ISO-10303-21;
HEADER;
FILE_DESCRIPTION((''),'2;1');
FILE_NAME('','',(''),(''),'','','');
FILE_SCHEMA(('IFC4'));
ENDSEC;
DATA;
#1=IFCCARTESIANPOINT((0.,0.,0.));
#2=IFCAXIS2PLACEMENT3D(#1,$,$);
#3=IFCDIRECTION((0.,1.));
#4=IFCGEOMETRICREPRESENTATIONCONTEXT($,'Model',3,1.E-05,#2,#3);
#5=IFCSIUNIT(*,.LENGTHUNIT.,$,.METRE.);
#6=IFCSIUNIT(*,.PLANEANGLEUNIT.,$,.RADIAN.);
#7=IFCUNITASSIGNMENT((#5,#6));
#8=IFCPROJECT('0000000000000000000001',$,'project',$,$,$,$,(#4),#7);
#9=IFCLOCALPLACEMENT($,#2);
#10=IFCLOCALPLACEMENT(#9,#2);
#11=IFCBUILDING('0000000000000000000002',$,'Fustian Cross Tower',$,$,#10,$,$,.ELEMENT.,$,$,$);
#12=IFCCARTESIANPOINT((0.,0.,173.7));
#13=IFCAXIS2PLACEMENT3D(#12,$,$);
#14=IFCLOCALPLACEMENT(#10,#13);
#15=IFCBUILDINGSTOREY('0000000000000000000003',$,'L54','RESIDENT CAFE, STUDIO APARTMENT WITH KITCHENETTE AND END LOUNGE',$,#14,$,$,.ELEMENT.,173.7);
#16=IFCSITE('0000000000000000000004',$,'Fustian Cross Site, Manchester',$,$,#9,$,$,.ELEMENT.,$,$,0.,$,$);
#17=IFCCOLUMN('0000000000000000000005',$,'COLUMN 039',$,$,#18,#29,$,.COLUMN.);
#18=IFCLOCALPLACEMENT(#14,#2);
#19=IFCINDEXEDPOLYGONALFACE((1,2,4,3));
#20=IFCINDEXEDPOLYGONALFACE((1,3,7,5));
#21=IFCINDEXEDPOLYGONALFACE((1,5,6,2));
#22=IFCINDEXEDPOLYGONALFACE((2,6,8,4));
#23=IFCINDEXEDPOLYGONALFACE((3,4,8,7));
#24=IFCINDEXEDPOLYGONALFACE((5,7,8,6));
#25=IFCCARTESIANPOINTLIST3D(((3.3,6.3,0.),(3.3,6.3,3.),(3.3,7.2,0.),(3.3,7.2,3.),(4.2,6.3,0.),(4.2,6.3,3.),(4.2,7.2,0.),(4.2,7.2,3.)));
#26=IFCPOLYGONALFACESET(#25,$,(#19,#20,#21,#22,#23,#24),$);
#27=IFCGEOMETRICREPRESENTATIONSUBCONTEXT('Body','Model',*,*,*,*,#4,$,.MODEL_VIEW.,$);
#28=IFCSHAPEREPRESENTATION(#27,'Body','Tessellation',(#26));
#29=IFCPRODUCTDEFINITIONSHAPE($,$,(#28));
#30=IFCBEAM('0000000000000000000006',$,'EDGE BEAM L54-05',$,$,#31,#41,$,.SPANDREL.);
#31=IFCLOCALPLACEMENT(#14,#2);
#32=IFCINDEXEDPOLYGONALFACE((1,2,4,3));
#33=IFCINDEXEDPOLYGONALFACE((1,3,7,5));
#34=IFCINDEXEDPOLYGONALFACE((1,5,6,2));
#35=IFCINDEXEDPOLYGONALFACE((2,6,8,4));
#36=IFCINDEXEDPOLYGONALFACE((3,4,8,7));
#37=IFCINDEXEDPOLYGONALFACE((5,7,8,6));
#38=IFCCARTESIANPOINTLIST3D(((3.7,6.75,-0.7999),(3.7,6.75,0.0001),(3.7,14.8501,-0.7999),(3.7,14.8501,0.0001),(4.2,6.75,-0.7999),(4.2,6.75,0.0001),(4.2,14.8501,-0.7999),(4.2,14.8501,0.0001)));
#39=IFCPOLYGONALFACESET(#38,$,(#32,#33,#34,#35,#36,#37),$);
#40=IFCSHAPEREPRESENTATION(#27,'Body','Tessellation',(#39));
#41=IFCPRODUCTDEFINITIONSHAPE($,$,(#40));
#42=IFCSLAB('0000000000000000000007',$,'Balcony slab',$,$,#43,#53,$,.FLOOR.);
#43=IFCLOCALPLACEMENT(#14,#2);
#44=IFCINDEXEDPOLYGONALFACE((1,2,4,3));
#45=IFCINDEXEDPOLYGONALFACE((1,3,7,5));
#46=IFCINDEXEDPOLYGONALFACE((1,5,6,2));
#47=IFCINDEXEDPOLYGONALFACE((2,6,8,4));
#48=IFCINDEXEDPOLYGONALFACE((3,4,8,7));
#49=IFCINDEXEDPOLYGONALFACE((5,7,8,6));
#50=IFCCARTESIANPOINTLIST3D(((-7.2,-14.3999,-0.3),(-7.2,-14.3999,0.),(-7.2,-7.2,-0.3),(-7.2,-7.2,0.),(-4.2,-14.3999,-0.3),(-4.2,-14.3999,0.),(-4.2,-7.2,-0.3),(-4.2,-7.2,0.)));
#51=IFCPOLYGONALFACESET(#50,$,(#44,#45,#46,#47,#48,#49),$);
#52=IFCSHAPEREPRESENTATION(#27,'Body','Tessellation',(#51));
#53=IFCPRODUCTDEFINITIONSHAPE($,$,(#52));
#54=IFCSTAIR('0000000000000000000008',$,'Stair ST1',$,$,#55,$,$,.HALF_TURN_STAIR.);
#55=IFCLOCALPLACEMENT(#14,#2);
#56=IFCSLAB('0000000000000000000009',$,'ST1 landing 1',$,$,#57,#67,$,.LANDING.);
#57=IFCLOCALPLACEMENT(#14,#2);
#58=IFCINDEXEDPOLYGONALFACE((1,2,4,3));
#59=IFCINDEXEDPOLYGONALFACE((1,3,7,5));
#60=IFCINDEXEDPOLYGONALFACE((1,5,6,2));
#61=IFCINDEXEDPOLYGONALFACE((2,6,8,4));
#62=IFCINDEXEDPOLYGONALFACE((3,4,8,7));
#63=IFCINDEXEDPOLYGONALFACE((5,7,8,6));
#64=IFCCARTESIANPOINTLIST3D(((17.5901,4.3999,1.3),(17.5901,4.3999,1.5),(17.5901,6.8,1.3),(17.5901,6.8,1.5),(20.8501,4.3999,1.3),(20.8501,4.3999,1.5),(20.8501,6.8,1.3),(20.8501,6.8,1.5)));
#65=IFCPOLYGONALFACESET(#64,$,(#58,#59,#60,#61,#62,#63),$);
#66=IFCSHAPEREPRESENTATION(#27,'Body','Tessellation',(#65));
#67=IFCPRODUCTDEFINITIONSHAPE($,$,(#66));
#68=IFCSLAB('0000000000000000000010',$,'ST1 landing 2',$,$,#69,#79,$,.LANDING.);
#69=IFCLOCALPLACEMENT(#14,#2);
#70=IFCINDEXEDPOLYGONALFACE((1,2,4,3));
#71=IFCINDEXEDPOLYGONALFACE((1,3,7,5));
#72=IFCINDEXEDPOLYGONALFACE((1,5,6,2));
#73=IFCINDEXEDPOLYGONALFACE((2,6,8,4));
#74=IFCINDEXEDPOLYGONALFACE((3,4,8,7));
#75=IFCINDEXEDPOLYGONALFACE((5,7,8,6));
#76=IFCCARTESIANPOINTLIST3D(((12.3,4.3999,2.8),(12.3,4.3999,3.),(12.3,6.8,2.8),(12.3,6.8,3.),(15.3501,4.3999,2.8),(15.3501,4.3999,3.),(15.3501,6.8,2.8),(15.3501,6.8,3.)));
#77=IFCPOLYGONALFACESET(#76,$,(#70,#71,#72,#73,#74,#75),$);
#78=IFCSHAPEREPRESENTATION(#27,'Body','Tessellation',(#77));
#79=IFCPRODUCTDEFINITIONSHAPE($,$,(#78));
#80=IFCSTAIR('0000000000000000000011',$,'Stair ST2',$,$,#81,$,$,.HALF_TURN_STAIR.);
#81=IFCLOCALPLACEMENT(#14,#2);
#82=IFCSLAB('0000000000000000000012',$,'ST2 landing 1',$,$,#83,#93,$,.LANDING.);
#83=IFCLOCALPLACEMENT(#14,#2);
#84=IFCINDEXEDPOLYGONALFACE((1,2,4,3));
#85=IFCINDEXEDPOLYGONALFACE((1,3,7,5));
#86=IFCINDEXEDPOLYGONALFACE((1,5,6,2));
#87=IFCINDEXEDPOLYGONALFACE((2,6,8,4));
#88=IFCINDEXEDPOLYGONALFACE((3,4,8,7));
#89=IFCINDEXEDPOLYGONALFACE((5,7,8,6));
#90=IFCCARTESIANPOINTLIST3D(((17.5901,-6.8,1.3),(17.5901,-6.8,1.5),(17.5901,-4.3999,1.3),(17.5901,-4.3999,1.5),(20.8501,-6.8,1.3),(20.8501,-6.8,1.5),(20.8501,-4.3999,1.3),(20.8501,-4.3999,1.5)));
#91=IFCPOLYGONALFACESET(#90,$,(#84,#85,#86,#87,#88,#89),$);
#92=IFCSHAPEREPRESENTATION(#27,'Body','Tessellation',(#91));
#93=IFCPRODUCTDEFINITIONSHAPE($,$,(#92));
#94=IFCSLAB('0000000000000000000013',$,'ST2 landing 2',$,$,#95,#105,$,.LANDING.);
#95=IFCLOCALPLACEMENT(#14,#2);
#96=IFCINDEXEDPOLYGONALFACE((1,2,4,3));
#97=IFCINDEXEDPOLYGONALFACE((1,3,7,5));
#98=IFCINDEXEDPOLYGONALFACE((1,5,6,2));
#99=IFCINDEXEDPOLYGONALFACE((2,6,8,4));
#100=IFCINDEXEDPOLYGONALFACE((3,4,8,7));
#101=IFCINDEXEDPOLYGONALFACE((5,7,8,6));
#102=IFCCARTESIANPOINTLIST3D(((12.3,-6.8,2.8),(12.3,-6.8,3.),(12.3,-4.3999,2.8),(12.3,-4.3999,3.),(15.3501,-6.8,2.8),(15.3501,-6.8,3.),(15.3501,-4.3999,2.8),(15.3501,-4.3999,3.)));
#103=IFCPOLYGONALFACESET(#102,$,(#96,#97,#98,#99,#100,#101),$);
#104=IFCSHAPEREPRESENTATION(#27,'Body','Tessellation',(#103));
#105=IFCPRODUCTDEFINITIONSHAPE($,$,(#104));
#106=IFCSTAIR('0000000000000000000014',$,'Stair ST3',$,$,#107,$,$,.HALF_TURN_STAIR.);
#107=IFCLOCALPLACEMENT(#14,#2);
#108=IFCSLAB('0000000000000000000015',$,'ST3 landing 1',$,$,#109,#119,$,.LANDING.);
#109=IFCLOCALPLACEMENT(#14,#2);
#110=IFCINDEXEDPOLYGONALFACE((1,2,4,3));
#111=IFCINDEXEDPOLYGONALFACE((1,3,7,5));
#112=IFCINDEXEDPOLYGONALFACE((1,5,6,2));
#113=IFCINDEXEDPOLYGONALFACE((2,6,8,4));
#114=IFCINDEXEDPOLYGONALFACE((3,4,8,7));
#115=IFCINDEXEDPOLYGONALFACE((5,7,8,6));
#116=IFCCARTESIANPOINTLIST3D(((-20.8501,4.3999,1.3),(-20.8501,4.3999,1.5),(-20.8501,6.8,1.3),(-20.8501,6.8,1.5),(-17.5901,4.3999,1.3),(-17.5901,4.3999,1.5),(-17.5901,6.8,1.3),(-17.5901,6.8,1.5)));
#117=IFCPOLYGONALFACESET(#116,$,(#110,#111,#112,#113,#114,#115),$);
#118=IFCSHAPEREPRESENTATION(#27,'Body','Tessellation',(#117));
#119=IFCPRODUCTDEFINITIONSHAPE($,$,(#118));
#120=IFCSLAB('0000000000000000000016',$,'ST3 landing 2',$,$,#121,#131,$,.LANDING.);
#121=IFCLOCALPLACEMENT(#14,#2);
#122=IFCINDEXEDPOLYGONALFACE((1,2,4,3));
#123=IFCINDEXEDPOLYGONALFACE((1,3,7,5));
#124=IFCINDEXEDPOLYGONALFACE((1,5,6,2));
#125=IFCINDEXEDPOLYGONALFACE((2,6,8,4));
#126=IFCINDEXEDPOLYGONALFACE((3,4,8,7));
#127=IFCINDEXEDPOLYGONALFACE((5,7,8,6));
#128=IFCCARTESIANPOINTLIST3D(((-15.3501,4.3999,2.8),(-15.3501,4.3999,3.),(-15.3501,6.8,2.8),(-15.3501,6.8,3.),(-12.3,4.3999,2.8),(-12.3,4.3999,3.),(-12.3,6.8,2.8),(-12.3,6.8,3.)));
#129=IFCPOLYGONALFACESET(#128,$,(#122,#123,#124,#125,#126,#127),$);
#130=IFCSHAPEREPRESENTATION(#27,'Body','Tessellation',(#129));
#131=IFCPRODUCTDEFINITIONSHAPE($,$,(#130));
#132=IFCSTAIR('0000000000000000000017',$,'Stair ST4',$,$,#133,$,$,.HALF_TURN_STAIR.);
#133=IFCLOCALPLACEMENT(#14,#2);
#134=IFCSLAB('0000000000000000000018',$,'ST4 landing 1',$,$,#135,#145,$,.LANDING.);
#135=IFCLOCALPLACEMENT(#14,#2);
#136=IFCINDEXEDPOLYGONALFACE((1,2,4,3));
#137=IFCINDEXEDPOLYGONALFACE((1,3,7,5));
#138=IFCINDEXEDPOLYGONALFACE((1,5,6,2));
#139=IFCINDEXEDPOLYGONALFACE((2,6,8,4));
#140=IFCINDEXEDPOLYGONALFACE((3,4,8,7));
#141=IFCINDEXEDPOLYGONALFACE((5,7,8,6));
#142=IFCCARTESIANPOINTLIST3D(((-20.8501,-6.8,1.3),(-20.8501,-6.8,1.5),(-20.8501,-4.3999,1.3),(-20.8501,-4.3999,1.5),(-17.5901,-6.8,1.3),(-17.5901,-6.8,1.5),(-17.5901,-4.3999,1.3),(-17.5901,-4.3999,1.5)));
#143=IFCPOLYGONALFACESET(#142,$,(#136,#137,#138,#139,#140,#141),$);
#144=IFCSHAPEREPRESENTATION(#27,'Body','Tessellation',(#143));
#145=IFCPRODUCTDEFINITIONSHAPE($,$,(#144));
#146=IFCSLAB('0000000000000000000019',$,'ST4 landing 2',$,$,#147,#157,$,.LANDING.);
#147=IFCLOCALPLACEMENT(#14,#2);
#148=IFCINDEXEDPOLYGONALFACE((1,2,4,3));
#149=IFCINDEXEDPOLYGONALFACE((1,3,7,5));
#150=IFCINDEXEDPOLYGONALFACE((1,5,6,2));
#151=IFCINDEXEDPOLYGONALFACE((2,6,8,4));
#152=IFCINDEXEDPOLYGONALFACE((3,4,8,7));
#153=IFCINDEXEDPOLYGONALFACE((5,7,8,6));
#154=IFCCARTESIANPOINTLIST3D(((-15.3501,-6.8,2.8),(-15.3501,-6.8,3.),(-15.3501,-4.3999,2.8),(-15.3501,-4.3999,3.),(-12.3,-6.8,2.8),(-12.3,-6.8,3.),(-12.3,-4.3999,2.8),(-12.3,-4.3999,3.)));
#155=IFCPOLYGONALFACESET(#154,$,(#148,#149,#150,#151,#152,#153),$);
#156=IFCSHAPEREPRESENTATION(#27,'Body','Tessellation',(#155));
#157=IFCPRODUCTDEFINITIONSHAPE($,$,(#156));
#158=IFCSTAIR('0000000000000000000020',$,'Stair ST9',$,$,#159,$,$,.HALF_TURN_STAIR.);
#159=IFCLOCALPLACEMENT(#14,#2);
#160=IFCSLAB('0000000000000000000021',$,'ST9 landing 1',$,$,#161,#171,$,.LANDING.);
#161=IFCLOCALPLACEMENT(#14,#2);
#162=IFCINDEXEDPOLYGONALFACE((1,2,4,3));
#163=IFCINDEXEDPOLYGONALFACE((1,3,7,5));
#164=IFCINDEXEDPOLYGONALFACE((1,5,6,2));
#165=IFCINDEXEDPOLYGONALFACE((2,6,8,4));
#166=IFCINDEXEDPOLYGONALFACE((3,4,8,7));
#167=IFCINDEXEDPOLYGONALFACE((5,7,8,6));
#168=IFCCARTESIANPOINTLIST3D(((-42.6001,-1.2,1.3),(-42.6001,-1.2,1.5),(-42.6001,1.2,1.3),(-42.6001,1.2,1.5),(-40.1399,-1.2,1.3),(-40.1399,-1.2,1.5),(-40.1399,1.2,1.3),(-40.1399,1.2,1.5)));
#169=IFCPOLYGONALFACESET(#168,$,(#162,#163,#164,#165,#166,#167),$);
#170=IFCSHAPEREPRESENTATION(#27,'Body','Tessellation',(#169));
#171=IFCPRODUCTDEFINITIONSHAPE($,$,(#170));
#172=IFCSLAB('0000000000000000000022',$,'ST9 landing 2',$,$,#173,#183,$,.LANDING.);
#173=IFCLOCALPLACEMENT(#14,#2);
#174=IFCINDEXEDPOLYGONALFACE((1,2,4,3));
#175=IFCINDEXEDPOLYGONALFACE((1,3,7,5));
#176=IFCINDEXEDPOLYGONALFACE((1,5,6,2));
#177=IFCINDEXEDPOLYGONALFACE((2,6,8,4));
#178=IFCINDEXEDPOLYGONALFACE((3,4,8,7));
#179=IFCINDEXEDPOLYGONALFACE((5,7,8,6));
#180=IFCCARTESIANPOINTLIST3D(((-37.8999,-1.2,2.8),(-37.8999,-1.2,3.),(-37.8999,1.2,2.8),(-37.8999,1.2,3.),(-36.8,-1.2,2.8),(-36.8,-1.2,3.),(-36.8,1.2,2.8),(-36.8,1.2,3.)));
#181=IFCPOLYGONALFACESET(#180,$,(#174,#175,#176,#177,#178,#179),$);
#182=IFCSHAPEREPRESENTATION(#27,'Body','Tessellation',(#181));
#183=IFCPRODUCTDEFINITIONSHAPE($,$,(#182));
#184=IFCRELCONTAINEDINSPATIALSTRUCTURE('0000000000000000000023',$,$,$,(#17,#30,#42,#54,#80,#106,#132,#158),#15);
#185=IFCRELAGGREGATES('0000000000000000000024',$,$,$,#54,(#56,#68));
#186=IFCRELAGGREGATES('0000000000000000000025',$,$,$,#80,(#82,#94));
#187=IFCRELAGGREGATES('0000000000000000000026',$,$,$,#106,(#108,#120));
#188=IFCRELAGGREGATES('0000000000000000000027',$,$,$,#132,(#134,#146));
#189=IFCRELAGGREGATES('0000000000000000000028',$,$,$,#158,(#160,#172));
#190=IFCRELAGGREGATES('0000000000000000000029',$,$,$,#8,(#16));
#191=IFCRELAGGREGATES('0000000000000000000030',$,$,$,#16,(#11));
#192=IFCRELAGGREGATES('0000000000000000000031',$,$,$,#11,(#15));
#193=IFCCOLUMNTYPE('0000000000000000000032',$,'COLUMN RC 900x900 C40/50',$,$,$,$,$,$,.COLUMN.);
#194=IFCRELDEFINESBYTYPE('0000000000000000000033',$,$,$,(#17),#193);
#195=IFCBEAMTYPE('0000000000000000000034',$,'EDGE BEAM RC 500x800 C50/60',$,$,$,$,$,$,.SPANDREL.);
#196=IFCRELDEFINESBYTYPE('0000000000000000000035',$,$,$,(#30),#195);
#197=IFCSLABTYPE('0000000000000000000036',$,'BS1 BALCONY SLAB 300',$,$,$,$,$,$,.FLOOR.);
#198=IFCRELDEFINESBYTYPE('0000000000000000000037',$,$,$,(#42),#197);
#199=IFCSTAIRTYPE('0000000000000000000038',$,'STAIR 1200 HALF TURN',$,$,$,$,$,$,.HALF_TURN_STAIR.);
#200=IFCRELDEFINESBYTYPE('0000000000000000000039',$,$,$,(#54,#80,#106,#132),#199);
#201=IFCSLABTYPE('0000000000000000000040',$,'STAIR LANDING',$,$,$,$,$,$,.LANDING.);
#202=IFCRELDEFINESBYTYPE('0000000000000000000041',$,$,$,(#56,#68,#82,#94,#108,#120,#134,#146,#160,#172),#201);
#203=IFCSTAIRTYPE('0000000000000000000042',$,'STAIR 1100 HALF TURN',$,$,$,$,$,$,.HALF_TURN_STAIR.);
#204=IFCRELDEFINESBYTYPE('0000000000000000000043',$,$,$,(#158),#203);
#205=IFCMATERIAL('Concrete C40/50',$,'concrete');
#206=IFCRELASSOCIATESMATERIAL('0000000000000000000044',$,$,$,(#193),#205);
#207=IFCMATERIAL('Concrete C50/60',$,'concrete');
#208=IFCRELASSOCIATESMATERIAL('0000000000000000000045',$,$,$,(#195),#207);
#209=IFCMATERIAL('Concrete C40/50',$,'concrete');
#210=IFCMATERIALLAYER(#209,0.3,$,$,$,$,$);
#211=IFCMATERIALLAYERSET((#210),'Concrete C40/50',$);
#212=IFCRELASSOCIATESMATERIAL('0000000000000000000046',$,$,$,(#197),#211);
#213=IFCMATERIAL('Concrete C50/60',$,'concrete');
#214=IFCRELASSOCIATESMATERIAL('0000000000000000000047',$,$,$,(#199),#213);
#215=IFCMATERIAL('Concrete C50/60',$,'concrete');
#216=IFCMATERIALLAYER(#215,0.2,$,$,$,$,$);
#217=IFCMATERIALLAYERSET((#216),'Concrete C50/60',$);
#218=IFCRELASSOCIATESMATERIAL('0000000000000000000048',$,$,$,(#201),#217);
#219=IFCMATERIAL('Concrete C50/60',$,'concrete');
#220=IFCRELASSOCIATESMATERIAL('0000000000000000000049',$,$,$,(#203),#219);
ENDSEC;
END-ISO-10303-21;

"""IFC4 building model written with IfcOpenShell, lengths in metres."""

from ifc_helpers import new_model, si_unit, direction, frame, origin, origin_2d, place, context, subcontext, project, spatial, polyline, rectangle, outline, extrude, material, layer, layer_set, material_profile, profile_set, type_object, element, aggregate, save


model = new_model("IFC4")

# Units and contexts
model_context = context("Model", 3, precision=1e-05, world=origin(), true_north=direction((0.0, 1.0)))
body_context = subcontext(model_context, "Body", "Model", "MODEL_VIEW")
ifc_project = project(units=[si_unit("LENGTHUNIT", "METRE"), si_unit("PLANEANGLEUNIT", "RADIAN")], contexts=[model_context])

# Site, building, storey
site_placement = place(None, origin())
site = spatial("IfcSite", under=ifc_project, at=site_placement, Name="Fustian Cross Site, Manchester", CompositionType="ELEMENT", RefElevation=0.0)
building_placement = place(site_placement, origin())
building = spatial("IfcBuilding", under=site, at=building_placement, Name="Fustian Cross Tower", CompositionType="ELEMENT")
storey_placement = place(building_placement, frame((0.0, 0.0, 173.7)))
storey = spatial("IfcBuildingStorey", under=building, at=storey_placement, Name="L54", Description="RESIDENT CAFE, STUDIO APARTMENT WITH KITCHENETTE AND END LOUNGE", CompositionType="ELEMENT", Elevation=173.7)

# Column
ifc_material_1 = material(Name="Concrete C40/50", Category="concrete")
ifc_material_profile_1 = material_profile(ifc_material_1, rectangle(XDim=0.8999, YDim=0.8999, at=origin_2d()), Name="RC 900x900")
ifc_profile_set_1 = profile_set([ifc_material_profile_1], Name="Concrete C40/50")
column_type = type_object("IfcColumnType", Name="COLUMN RC 900x900 C40/50", PredefinedType="COLUMN", material=ifc_profile_set_1)
column_placement = place(storey_placement, frame((3.75, 6.75, 0.0), z_axis=(0.0, 0.0, 1.0), x_axis=(1.0, 0.0, 0.0)))
element("IfcColumn", 1, at=column_placement, inside=storey, type_object=column_type, Name="COLUMN 039", PredefinedType="COLUMN", context=body_context, shape_type="SweptSolid", body=[
    extrude(rectangle(XDim=0.8999, YDim=0.8999, at=origin_2d()), origin(), (0.0, 0.0, 1.0), 3.0),
])

# Beam
ifc_material_2 = material(Name="Concrete C50/60", Category="concrete")
ifc_material_profile_2 = material_profile(ifc_material_2, rectangle(XDim=0.5, YDim=0.8, at=origin_2d()), Name="RC 500x800")
ifc_profile_set_2 = profile_set([ifc_material_profile_2], Name="Concrete C50/60")
beam_type = type_object("IfcBeamType", Name="EDGE BEAM RC 500x800 C50/60", PredefinedType="SPANDREL", material=ifc_profile_set_2)
beam_placement = place(storey_placement, frame((3.95, 6.75, -0.3999), z_axis=(0.0, 1.0, 0.0), x_axis=(-1.0, 0.0, 0.0)))
element("IfcBeam", 2, at=beam_placement, inside=storey, type_object=beam_type, Name="EDGE BEAM L54-05", PredefinedType="SPANDREL", context=body_context, shape_type="SweptSolid", body=[
    extrude(rectangle(XDim=0.5, YDim=0.8, at=origin_2d()), origin(), (0.0, 0.0, 1.0), 8.1001),
])

# Slab
ifc_material_3 = material(Name="Concrete C40/50", Category="concrete")
ifc_layer_1 = layer(ifc_material_3, 0.3)
ifc_layer_set_1 = layer_set([ifc_layer_1], Name="Concrete C40/50")
slab_type_1 = type_object("IfcSlabType", Name="BS1 BALCONY SLAB 300", PredefinedType="FLOOR", material=ifc_layer_set_1)
slab_1_placement = place(storey_placement, frame((0.0, 0.0, -0.3)))
element("IfcSlab", 3, at=slab_1_placement, inside=storey, type_object=slab_type_1, Name="Balcony slab", PredefinedType="FLOOR", context=body_context, shape_type="SweptSolid", body=[
    extrude(outline(polyline([(-7.2, -14.3999), (-4.2, -14.3999), (-4.2, -7.2), (-7.2, -7.2), (-7.2, -14.3999)])), origin(), (0.0, 0.0, 1.0), 0.3),
])

# Stairs, slabs
ifc_material_4 = material(Name="Concrete C50/60", Category="concrete")
stair_type_1 = type_object("IfcStairType", Name="STAIR 1200 HALF TURN", PredefinedType="HALF_TURN_STAIR", material=ifc_material_4)
stair_1_placement = place(storey_placement, origin())
stair_1 = element("IfcStair", 4, at=stair_1_placement, inside=storey, type_object=stair_type_1, Name="Stair ST1", PredefinedType="HALF_TURN_STAIR")
ifc_material_5 = material(Name="Concrete C50/60", Category="concrete")
ifc_layer_2 = layer(ifc_material_5, 0.2)
ifc_layer_set_2 = layer_set([ifc_layer_2], Name="Concrete C50/60")
slab_type_2 = type_object("IfcSlabType", Name="STAIR LANDING", PredefinedType="LANDING", material=ifc_layer_set_2)
slab_2_placement = place(storey_placement, frame((0.0, 0.0, 1.3)))
slab_2 = element("IfcSlab", 5, at=slab_2_placement, type_object=slab_type_2, Name="ST1 landing 1", PredefinedType="LANDING", context=body_context, shape_type="SweptSolid", body=[
    extrude(outline(polyline([(17.5901, 4.3999), (20.8501, 4.3999), (20.8501, 6.8), (17.5901, 6.8), (17.5901, 4.3999)])), origin(), (0.0, 0.0, 1.0), 0.2),
])
slab_3_placement = place(storey_placement, frame((0.0, 0.0, 2.8)))
slab_3 = element("IfcSlab", 6, at=slab_3_placement, type_object=slab_type_2, Name="ST1 landing 2", PredefinedType="LANDING", context=body_context, shape_type="SweptSolid", body=[
    extrude(outline(polyline([(12.3, 4.3999), (15.3501, 4.3999), (15.3501, 6.8), (12.3, 6.8), (12.3, 4.3999)])), origin(), (0.0, 0.0, 1.0), 0.2),
])
aggregate(stair_1, [slab_2, slab_3])
stair_2_placement = place(storey_placement, origin())
stair_2 = element("IfcStair", 7, at=stair_2_placement, inside=storey, type_object=stair_type_1, Name="Stair ST2", PredefinedType="HALF_TURN_STAIR")
slab_4_placement = place(storey_placement, frame((0.0, 0.0, 1.3)))
slab_4 = element("IfcSlab", 8, at=slab_4_placement, type_object=slab_type_2, Name="ST2 landing 1", PredefinedType="LANDING", context=body_context, shape_type="SweptSolid", body=[
    extrude(outline(polyline([(17.5901, -4.3999), (20.8501, -4.3999), (20.8501, -6.8), (17.5901, -6.8), (17.5901, -4.3999)])), origin(), (0.0, 0.0, 1.0), 0.2),
])
slab_5_placement = place(storey_placement, frame((0.0, 0.0, 2.8)))
slab_5 = element("IfcSlab", 9, at=slab_5_placement, type_object=slab_type_2, Name="ST2 landing 2", PredefinedType="LANDING", context=body_context, shape_type="SweptSolid", body=[
    extrude(outline(polyline([(12.3, -4.3999), (15.3501, -4.3999), (15.3501, -6.8), (12.3, -6.8), (12.3, -4.3999)])), origin(), (0.0, 0.0, 1.0), 0.2),
])
aggregate(stair_2, [slab_4, slab_5])
stair_3_placement = place(storey_placement, origin())
stair_3 = element("IfcStair", 10, at=stair_3_placement, inside=storey, type_object=stair_type_1, Name="Stair ST3", PredefinedType="HALF_TURN_STAIR")
slab_6_placement = place(storey_placement, frame((0.0, 0.0, 1.3)))
slab_6 = element("IfcSlab", 11, at=slab_6_placement, type_object=slab_type_2, Name="ST3 landing 1", PredefinedType="LANDING", context=body_context, shape_type="SweptSolid", body=[
    extrude(outline(polyline([(-17.5901, 4.3999), (-20.8501, 4.3999), (-20.8501, 6.8), (-17.5901, 6.8), (-17.5901, 4.3999)])), origin(), (0.0, 0.0, 1.0), 0.2),
])
slab_7_placement = place(storey_placement, frame((0.0, 0.0, 2.8)))
slab_7 = element("IfcSlab", 12, at=slab_7_placement, type_object=slab_type_2, Name="ST3 landing 2", PredefinedType="LANDING", context=body_context, shape_type="SweptSolid", body=[
    extrude(outline(polyline([(-12.3, 4.3999), (-15.3501, 4.3999), (-15.3501, 6.8), (-12.3, 6.8), (-12.3, 4.3999)])), origin(), (0.0, 0.0, 1.0), 0.2),
])
aggregate(stair_3, [slab_6, slab_7])
stair_4_placement = place(storey_placement, origin())
stair_4 = element("IfcStair", 13, at=stair_4_placement, inside=storey, type_object=stair_type_1, Name="Stair ST4", PredefinedType="HALF_TURN_STAIR")
slab_8_placement = place(storey_placement, frame((0.0, 0.0, 1.3)))
slab_8 = element("IfcSlab", 14, at=slab_8_placement, type_object=slab_type_2, Name="ST4 landing 1", PredefinedType="LANDING", context=body_context, shape_type="SweptSolid", body=[
    extrude(outline(polyline([(-17.5901, -4.3999), (-20.8501, -4.3999), (-20.8501, -6.8), (-17.5901, -6.8), (-17.5901, -4.3999)])), origin(), (0.0, 0.0, 1.0), 0.2),
])
slab_9_placement = place(storey_placement, frame((0.0, 0.0, 2.8)))
slab_9 = element("IfcSlab", 15, at=slab_9_placement, type_object=slab_type_2, Name="ST4 landing 2", PredefinedType="LANDING", context=body_context, shape_type="SweptSolid", body=[
    extrude(outline(polyline([(-12.3, -4.3999), (-15.3501, -4.3999), (-15.3501, -6.8), (-12.3, -6.8), (-12.3, -4.3999)])), origin(), (0.0, 0.0, 1.0), 0.2),
])
aggregate(stair_4, [slab_8, slab_9])
ifc_material_6 = material(Name="Concrete C50/60", Category="concrete")
stair_type_2 = type_object("IfcStairType", Name="STAIR 1100 HALF TURN", PredefinedType="HALF_TURN_STAIR", material=ifc_material_6)
stair_5_placement = place(storey_placement, origin())
stair_5 = element("IfcStair", 16, at=stair_5_placement, inside=storey, type_object=stair_type_2, Name="Stair ST9", PredefinedType="HALF_TURN_STAIR")
slab_10_placement = place(storey_placement, frame((0.0, 0.0, 1.3)))
slab_10 = element("IfcSlab", 17, at=slab_10_placement, type_object=slab_type_2, Name="ST9 landing 1", PredefinedType="LANDING", context=body_context, shape_type="SweptSolid", body=[
    extrude(outline(polyline([(-40.1399, -1.2), (-42.6001, -1.2), (-42.6001, 1.2), (-40.1399, 1.2), (-40.1399, -1.2)])), origin(), (0.0, 0.0, 1.0), 0.2),
])
slab_11_placement = place(storey_placement, frame((0.0, 0.0, 2.8)))
slab_11 = element("IfcSlab", 18, at=slab_11_placement, type_object=slab_type_2, Name="ST9 landing 2", PredefinedType="LANDING", context=body_context, shape_type="SweptSolid", body=[
    extrude(outline(polyline([(-36.8, -1.2), (-37.8999, -1.2), (-37.8999, 1.2), (-36.8, 1.2), (-36.8, -1.2)])), origin(), (0.0, 0.0, 1.0), 0.2),
])
aggregate(stair_5, [slab_10, slab_11])

save(model, "model.ifc")
